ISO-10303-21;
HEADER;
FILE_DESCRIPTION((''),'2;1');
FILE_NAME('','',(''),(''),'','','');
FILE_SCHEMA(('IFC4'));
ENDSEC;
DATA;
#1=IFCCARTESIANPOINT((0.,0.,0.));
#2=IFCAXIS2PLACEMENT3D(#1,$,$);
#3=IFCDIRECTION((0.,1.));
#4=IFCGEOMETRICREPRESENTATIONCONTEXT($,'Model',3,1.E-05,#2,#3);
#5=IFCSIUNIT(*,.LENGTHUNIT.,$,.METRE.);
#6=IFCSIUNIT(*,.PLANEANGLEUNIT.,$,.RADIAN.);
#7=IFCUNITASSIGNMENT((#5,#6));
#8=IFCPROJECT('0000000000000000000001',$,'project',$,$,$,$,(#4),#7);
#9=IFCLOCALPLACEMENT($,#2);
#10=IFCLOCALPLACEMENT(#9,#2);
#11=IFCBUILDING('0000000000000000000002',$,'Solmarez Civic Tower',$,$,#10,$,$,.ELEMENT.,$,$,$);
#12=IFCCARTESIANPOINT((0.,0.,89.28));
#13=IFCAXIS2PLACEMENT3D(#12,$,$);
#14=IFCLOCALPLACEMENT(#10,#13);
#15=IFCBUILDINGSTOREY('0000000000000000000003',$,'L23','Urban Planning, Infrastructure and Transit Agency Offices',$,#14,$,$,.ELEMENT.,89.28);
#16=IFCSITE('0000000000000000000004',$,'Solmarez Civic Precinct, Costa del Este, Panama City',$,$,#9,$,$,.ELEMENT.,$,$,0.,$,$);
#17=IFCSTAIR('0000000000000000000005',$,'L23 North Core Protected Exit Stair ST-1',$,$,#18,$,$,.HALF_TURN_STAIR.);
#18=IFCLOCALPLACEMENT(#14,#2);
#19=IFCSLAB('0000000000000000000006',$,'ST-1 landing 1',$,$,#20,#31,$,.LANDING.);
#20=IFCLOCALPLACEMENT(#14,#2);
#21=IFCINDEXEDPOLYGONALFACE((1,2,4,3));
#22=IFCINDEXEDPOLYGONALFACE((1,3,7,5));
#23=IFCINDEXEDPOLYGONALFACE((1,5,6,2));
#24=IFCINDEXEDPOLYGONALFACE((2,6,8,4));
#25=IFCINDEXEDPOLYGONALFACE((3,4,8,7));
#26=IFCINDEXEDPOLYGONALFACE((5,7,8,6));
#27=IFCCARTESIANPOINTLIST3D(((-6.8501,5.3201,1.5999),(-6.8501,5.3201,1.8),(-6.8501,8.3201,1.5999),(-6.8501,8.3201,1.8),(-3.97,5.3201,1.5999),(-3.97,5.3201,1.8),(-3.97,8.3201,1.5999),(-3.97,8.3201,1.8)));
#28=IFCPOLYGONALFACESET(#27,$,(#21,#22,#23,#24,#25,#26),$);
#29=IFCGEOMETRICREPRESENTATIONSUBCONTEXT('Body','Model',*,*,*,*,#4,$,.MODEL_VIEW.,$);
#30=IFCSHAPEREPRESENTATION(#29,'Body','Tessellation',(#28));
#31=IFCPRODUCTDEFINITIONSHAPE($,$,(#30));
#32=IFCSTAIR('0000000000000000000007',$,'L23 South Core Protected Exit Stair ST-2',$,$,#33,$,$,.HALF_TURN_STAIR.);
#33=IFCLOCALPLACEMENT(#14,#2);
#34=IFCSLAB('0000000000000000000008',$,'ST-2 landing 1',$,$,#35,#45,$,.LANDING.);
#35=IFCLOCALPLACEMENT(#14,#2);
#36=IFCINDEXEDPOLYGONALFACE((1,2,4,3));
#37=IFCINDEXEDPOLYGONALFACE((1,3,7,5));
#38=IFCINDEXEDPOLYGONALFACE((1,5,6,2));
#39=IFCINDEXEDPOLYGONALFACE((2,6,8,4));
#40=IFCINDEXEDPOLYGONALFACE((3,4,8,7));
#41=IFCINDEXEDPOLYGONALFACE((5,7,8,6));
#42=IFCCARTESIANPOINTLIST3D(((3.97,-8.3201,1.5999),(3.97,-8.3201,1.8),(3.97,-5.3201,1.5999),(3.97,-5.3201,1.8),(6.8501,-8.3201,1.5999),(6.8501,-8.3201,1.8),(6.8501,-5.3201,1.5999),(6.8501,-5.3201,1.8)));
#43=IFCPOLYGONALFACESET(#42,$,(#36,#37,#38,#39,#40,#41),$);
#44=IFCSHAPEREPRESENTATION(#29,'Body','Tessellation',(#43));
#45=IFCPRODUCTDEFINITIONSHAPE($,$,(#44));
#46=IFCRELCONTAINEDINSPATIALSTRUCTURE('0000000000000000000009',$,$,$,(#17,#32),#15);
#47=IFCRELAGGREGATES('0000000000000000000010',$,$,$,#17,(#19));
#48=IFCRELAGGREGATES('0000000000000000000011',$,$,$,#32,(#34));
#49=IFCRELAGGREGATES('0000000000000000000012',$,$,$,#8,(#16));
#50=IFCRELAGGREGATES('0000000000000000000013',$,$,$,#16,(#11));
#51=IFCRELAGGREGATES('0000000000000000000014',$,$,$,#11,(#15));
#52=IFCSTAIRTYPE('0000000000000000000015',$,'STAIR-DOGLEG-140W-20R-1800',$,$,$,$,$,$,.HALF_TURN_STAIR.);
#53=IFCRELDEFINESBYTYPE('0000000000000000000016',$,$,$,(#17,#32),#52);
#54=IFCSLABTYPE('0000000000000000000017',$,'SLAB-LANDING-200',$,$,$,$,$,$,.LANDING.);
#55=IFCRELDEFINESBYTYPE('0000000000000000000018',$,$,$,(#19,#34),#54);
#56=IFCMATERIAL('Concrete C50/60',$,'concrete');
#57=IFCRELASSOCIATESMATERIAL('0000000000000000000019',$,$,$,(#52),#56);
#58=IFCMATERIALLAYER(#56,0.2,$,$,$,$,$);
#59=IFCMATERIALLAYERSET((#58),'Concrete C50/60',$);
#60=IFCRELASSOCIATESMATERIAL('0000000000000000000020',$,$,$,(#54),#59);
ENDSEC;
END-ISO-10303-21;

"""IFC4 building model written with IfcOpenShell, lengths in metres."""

from ifc_helpers import new_model, si_unit, direction, frame, origin, place, context, subcontext, project, spatial, polyline, outline, extrude, material, layer, layer_set, type_object, element, aggregate, save


model = new_model("IFC4")

# Units and contexts
model_context = context("Model", 3, precision=1e-05, world=origin(), true_north=direction((0.0, 1.0)))
body_context = subcontext(model_context, "Body", "Model", "MODEL_VIEW")
ifc_project = project(units=[si_unit("LENGTHUNIT", "METRE"), si_unit("PLANEANGLEUNIT", "RADIAN")], contexts=[model_context])

# Site, building, storey
site_placement = place(None, origin())
site = spatial("IfcSite", under=ifc_project, at=site_placement, Name="Solmarez Civic Precinct, Costa del Este, Panama City", CompositionType="ELEMENT", RefElevation=0.0)
building_placement = place(site_placement, origin())
building = spatial("IfcBuilding", under=site, at=building_placement, Name="Solmarez Civic Tower", CompositionType="ELEMENT")
storey_placement = place(building_placement, frame((0.0, 0.0, 89.28)))
storey = spatial("IfcBuildingStorey", under=building, at=storey_placement, Name="L23", Description="Urban Planning, Infrastructure and Transit Agency Offices", CompositionType="ELEMENT", Elevation=89.28)

# Stairs, slabs
ifc_material_1 = material(Name="Concrete C50/60", Category="concrete")
stair_type = type_object("IfcStairType", Name="STAIR-DOGLEG-140W-20R-1800", PredefinedType="HALF_TURN_STAIR", material=ifc_material_1)
stair_1_placement = place(storey_placement, origin())
stair_1 = element("IfcStair", 1, at=stair_1_placement, inside=storey, type_object=stair_type, Name="L23 North Core Protected Exit Stair ST-1", PredefinedType="HALF_TURN_STAIR")
ifc_layer_1 = layer(ifc_material_1, 0.2)
ifc_layer_set_1 = layer_set([ifc_layer_1], Name="Concrete C50/60")
slab_type_1 = type_object("IfcSlabType", Name="SLAB-LANDING-200", PredefinedType="LANDING", material=ifc_layer_set_1)
slab_1_placement = place(storey_placement, frame((0.0, 0.0, 1.5999)))
slab_1 = element("IfcSlab", 2, at=slab_1_placement, type_object=slab_type_1, Name="ST-1 landing 1", PredefinedType="LANDING", context=body_context, shape_type="SweptSolid", body=[
    extrude(outline(polyline([(-3.97, 8.3201), (-6.8501, 8.3201), (-6.8501, 5.3201), (-3.97, 5.3201), (-3.97, 8.3201)])), origin(), (0.0, 0.0, 1.0), 0.2002),
])
aggregate(stair_1, [slab_1])
stair_2_placement = place(storey_placement, origin())
stair_2 = element("IfcStair", 3, at=stair_2_placement, inside=storey, type_object=stair_type, Name="L23 South Core Protected Exit Stair ST-2", PredefinedType="HALF_TURN_STAIR")
slab_2_placement = place(storey_placement, frame((0.0, 0.0, 1.5999)))
slab_2 = element("IfcSlab", 4, at=slab_2_placement, type_object=slab_type_1, Name="ST-2 landing 1", PredefinedType="LANDING", context=body_context, shape_type="SweptSolid", body=[
    extrude(outline(polyline([(3.97, -8.3201), (6.8501, -8.3201), (6.8501, -5.3201), (3.97, -5.3201), (3.97, -8.3201)])), origin(), (0.0, 0.0, 1.0), 0.2002),
])

aggregate(stair_2, [slab_2])

save(model, "model.ifc")
